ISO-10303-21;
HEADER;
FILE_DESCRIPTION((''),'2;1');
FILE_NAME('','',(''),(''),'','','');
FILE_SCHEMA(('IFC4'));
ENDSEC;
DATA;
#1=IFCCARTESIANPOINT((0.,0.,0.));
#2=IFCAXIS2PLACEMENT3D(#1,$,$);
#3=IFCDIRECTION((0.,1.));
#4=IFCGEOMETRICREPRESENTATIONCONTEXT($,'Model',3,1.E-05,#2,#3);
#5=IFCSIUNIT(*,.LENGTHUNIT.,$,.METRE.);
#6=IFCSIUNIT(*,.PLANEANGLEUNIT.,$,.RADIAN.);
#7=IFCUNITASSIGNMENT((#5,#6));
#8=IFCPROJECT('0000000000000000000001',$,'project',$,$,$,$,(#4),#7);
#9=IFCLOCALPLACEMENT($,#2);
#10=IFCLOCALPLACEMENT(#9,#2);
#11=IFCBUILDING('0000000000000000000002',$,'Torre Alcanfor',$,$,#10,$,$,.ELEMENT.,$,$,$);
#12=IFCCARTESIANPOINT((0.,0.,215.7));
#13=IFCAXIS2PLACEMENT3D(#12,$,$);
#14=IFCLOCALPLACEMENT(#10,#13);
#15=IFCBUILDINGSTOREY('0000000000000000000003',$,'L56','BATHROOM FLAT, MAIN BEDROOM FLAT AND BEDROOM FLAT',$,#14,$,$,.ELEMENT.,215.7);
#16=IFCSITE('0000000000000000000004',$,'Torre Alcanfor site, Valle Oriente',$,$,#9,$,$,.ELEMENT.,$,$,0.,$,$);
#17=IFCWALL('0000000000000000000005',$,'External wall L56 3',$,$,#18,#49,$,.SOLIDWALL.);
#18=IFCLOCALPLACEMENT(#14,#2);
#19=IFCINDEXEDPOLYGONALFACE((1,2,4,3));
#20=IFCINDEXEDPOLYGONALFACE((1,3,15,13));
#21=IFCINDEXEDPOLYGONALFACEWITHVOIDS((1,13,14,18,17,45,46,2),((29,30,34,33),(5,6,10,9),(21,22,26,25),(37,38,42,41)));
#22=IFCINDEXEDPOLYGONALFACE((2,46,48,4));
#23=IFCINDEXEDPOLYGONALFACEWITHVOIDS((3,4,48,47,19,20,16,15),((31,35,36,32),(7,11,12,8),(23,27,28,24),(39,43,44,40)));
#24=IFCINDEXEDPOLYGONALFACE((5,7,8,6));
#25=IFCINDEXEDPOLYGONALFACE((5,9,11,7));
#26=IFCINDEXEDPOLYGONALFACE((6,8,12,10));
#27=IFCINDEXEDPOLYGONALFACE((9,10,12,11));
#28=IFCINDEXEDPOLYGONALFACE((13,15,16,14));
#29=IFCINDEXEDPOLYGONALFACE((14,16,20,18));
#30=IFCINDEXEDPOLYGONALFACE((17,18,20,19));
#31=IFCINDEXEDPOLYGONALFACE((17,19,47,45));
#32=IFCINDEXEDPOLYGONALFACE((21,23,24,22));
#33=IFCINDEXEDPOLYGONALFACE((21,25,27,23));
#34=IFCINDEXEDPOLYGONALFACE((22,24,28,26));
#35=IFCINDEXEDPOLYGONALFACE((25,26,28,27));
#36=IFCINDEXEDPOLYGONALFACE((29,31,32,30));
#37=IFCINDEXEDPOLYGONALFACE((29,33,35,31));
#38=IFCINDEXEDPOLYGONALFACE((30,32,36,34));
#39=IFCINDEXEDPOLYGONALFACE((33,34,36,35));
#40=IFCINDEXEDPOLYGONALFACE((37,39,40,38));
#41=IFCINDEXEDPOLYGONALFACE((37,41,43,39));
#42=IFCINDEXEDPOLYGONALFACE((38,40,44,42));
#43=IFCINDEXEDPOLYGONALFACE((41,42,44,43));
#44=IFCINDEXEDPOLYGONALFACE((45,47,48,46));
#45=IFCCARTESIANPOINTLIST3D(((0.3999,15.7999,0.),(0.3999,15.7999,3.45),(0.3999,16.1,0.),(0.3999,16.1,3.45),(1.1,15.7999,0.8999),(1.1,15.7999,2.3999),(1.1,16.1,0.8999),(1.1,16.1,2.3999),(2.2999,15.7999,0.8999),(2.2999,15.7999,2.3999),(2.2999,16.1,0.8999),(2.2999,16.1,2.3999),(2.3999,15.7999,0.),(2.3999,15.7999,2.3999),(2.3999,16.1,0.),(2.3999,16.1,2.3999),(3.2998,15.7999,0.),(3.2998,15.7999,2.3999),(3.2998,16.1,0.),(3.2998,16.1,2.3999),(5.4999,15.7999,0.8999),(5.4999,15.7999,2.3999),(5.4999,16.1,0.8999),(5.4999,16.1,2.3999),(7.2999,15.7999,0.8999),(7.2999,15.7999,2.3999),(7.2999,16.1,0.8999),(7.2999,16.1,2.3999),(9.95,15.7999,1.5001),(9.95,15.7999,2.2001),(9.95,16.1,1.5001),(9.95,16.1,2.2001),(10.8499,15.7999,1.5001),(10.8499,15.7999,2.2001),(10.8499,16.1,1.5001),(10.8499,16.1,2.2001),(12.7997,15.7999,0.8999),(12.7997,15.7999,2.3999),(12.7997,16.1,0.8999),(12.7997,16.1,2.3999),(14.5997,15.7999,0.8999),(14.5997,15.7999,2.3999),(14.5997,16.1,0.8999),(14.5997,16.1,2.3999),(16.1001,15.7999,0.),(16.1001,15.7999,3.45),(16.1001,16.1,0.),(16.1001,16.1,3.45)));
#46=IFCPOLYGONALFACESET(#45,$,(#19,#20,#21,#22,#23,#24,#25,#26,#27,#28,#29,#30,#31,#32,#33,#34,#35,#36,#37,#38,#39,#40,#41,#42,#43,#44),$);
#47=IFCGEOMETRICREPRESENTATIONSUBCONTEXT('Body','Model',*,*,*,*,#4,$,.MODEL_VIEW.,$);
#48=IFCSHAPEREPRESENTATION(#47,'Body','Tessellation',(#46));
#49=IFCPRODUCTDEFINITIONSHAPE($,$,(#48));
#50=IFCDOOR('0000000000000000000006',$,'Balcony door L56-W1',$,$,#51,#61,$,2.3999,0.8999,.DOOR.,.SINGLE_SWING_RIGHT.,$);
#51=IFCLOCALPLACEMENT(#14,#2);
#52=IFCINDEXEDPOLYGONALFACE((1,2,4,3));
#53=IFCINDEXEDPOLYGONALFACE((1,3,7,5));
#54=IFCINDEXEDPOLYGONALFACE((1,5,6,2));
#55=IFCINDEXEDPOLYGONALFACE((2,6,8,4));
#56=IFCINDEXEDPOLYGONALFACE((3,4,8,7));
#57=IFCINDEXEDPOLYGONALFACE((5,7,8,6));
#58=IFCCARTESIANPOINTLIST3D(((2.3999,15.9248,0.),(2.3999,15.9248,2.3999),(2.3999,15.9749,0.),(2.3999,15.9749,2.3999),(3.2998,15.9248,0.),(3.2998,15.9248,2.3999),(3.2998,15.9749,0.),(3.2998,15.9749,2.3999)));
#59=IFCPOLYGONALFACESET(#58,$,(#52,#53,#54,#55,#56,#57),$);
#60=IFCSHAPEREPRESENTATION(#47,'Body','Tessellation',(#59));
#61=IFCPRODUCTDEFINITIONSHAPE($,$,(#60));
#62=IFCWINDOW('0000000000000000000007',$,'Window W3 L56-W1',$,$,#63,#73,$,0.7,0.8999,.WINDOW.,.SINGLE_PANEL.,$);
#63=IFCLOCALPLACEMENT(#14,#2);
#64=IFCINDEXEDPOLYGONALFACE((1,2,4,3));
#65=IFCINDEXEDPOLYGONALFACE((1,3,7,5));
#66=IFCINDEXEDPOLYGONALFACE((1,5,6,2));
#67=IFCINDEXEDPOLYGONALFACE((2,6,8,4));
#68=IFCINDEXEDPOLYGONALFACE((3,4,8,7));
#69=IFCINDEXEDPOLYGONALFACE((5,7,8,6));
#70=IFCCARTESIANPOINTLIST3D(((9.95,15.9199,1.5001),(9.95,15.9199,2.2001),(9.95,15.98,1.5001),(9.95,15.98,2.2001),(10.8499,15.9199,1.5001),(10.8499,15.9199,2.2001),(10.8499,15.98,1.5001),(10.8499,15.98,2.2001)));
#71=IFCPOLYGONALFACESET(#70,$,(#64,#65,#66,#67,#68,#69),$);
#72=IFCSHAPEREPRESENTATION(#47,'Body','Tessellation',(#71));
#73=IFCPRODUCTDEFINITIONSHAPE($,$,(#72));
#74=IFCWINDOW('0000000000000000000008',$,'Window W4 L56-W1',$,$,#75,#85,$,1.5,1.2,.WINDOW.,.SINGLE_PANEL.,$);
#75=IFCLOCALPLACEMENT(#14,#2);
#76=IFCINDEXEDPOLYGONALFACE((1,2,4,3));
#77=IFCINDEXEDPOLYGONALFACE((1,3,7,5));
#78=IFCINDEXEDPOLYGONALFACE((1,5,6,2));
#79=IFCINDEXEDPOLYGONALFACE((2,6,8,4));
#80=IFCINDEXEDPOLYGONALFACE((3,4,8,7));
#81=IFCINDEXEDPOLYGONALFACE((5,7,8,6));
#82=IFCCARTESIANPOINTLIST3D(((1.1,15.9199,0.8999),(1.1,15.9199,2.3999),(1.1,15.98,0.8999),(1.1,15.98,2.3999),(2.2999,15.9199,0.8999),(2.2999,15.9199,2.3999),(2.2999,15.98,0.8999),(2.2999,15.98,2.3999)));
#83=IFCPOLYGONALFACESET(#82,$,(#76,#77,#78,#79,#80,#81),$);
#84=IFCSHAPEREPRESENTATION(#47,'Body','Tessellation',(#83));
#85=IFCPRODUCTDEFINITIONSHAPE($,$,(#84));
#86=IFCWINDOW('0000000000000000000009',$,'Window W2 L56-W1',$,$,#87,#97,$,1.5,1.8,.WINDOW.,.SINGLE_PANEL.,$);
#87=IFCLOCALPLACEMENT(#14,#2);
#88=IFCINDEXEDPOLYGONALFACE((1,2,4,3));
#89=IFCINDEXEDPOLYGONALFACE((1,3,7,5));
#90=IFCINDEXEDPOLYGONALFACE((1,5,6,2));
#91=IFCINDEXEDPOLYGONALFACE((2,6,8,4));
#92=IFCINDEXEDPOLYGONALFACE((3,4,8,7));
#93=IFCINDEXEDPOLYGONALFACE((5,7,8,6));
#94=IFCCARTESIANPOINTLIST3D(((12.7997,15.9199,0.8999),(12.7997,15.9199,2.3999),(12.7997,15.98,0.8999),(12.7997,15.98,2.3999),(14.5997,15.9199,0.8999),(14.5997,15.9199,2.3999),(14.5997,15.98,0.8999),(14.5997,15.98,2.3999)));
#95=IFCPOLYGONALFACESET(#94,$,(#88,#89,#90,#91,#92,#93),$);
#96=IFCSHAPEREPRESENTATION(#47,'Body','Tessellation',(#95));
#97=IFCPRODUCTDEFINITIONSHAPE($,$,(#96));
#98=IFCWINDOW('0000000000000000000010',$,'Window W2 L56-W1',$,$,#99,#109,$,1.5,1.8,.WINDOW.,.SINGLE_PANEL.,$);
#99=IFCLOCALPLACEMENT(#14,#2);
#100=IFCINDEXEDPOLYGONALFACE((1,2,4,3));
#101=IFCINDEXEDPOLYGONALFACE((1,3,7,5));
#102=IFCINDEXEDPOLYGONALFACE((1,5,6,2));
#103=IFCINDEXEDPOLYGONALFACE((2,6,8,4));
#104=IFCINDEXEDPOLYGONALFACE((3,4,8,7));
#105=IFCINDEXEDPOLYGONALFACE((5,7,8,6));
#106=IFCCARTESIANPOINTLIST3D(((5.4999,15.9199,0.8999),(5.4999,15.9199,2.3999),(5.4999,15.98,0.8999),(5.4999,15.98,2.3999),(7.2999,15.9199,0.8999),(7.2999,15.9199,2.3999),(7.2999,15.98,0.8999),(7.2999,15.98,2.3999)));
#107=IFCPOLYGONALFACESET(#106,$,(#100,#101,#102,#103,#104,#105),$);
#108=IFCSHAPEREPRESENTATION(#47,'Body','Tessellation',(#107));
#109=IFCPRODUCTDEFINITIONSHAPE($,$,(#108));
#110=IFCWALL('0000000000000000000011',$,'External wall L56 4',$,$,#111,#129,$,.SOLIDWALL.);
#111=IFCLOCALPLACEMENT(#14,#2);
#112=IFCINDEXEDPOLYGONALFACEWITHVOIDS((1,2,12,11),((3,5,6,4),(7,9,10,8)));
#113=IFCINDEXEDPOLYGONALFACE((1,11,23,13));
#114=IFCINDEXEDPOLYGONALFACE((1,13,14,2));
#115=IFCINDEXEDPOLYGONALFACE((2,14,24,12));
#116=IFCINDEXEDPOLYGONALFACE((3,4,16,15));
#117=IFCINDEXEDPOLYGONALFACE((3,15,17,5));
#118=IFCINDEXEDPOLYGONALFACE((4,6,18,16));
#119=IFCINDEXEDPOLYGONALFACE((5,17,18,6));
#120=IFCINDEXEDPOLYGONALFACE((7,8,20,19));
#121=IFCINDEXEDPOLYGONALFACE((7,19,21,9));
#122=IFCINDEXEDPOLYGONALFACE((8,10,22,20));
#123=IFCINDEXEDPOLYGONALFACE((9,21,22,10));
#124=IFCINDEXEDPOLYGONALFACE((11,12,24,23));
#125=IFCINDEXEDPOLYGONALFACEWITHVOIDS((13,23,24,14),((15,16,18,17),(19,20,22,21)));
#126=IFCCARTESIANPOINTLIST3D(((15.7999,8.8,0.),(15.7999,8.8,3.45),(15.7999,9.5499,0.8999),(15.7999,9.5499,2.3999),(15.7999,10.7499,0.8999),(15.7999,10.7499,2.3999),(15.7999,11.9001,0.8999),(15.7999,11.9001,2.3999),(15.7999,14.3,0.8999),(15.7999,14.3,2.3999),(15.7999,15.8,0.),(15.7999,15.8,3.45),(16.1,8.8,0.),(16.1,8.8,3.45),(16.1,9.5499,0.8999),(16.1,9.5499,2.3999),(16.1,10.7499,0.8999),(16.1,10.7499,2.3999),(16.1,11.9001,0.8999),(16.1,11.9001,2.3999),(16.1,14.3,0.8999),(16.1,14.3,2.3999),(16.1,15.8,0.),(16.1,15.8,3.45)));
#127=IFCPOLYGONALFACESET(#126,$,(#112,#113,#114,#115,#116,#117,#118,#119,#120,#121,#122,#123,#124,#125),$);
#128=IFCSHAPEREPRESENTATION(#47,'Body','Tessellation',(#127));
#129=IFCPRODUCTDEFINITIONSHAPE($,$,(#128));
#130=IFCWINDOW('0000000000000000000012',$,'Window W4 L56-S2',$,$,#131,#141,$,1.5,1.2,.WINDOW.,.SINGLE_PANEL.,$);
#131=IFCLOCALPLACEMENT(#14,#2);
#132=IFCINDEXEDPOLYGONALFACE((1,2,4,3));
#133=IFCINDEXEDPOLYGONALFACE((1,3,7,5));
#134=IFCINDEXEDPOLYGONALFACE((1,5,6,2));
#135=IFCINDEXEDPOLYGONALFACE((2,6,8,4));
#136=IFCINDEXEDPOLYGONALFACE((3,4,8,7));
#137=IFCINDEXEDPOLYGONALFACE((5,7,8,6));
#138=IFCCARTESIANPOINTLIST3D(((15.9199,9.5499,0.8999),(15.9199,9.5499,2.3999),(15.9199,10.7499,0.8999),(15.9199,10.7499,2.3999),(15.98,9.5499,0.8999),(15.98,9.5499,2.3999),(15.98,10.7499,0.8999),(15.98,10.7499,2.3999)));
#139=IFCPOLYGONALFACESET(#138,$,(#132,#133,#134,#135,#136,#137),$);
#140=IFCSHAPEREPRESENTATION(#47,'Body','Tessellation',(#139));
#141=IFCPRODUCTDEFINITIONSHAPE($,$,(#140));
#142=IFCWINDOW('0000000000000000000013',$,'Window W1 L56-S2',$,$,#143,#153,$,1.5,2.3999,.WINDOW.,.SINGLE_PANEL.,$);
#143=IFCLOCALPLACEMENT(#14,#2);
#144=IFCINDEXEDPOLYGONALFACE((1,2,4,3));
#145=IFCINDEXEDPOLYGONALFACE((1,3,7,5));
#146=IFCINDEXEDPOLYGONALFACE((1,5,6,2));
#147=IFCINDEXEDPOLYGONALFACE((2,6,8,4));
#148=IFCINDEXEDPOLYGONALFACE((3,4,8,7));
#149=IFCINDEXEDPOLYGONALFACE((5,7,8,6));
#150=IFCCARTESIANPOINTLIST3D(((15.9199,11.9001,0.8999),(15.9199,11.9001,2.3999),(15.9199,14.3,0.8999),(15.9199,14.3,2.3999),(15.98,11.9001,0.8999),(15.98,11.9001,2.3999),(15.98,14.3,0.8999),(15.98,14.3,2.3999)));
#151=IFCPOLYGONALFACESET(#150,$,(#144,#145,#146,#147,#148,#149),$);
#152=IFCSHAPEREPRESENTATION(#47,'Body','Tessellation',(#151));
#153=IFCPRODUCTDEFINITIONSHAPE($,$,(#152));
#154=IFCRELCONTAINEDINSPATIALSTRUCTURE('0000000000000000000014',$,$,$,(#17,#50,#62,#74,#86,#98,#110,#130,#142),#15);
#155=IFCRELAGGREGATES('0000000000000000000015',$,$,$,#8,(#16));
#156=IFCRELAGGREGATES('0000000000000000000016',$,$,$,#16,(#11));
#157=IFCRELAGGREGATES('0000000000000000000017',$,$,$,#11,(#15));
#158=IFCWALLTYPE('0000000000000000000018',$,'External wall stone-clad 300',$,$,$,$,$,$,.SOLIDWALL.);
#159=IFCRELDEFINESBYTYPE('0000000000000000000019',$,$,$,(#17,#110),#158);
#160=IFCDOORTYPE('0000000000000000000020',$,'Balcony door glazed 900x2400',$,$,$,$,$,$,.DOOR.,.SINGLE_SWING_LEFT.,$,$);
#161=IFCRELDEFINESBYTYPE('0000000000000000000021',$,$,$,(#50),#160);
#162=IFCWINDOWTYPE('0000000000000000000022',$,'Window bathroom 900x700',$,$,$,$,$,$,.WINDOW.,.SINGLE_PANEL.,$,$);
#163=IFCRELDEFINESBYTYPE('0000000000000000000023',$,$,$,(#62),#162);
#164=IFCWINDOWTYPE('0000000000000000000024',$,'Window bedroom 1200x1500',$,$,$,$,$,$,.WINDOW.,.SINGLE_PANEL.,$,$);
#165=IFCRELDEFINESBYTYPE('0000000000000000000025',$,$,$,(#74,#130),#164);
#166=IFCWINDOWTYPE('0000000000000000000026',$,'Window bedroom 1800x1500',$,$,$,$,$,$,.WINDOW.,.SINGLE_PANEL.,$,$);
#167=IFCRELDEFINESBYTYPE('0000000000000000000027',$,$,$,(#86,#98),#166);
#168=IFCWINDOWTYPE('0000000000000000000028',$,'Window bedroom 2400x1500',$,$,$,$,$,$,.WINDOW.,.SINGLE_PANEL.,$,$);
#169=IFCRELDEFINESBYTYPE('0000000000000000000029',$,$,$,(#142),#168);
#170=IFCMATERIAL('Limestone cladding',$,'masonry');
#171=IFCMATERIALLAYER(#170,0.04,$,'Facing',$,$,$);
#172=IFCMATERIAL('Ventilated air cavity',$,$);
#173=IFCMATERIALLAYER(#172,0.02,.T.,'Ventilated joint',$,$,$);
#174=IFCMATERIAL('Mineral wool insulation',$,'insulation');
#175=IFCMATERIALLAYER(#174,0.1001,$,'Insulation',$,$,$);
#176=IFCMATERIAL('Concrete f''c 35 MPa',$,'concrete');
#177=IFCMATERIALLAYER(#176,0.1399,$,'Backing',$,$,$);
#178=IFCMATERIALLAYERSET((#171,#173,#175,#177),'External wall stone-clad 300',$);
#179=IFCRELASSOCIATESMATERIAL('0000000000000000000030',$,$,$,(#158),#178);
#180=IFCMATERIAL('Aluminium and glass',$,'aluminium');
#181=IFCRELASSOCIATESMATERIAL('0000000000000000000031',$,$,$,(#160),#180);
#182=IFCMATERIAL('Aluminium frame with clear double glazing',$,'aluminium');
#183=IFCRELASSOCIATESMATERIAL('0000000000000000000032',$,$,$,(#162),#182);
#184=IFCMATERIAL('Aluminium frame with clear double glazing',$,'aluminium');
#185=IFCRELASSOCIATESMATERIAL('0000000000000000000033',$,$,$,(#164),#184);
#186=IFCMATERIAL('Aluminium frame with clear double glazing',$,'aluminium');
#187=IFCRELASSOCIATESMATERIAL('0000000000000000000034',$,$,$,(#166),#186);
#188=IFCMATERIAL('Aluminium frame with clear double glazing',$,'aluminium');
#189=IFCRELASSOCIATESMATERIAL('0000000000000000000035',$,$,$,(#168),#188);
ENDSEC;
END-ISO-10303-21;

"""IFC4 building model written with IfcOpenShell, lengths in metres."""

from ifc_helpers import new_model, si_unit, direction, frame, frame_2d, origin, place, context, subcontext, project, spatial, rectangle, extrude, material, layer, layer_set, type_object, element, fill, save


model = new_model("IFC4")

# Units and contexts
model_context = context("Model", 3, precision=1e-05, world=origin(), true_north=direction((0.0, 1.0)))
body_context = subcontext(model_context, "Body", "Model", "MODEL_VIEW")
ifc_project = project(units=[si_unit("LENGTHUNIT", "METRE"), si_unit("PLANEANGLEUNIT", "RADIAN")], contexts=[model_context])

# Site, building, storey
site_placement = place(None, origin())
site = spatial("IfcSite", under=ifc_project, at=site_placement, Name="Torre Alcanfor site, Valle Oriente", CompositionType="ELEMENT", RefElevation=0.0)
building_placement = place(site_placement, origin())
building = spatial("IfcBuilding", under=site, at=building_placement, Name="Torre Alcanfor", CompositionType="ELEMENT")
storey_placement = place(building_placement, frame((0.0, 0.0, 215.7)))
storey = spatial("IfcBuildingStorey", under=building, at=storey_placement, Name="L56", Description="BATHROOM FLAT, MAIN BEDROOM FLAT AND BEDROOM FLAT", CompositionType="ELEMENT", Elevation=215.7)

# Wall, openings, door, windows
ifc_material_1 = material(Name="Limestone cladding", Category="masonry")
ifc_layer_1 = layer(ifc_material_1, 0.04, Name="Facing")
ifc_material_2 = material(Name="Ventilated air cavity")
ifc_layer_2 = layer(ifc_material_2, 0.02, ventilated=True, Name="Ventilated joint")
ifc_material_3 = material(Name="Mineral wool insulation", Category="insulation")
ifc_layer_3 = layer(ifc_material_3, 0.1001, Name="Insulation")
ifc_material_4 = material(Name="Concrete f'c 35 MPa", Category="concrete")
ifc_layer_4 = layer(ifc_material_4, 0.1399, Name="Backing")
ifc_layer_set_1 = layer_set([ifc_layer_1, ifc_layer_2, ifc_layer_3, ifc_layer_4], Name="External wall stone-clad 300")
wall_type_1 = type_object("IfcWallType", Name="External wall stone-clad 300", PredefinedType="SOLIDWALL", material=ifc_layer_set_1)
wall_1_placement = place(storey_placement, frame((0.3999, 15.95, 0.0), z_axis=(0.0, 0.0, 1.0), x_axis=(1.0, 0.0, 0.0)))
wall_1 = element("IfcWall", 1, at=wall_1_placement, inside=storey, type_object=wall_type_1, Name="External wall L56 3", PredefinedType="SOLIDWALL", context=body_context, shape_type="SweptSolid", body=[
    extrude(rectangle(XDim=15.7002, YDim=0.3, at=frame_2d((7.8501, 0.0))), origin(), (0.0, 0.0, 1.0), 3.45),
])
opening_1_placement = place(wall_1_placement, frame((12.3999, 0.0, 0.8999)))
opening_1 = element("IfcOpeningElement", 2, at=opening_1_placement, cuts=wall_1, PredefinedType="OPENING", context=body_context, shape_type="SweptSolid", body=[
    extrude(rectangle(XDim=1.8, YDim=1.5, at=frame_2d((0.8999, 0.75))), frame((0.0, 0.1599, 0.0), z_axis=(0.0, -1.0, 0.0), x_axis=(1.0, 0.0, 0.0)), (0.0, 0.0, 1.0), 0.3201),
])
opening_2_placement = place(wall_1_placement, frame((9.55, 0.0, 1.5)))
opening_2 = element("IfcOpeningElement", 3, at=opening_2_placement, cuts=wall_1, PredefinedType="OPENING", context=body_context, shape_type="SweptSolid", body=[
    extrude(rectangle(XDim=0.8999, YDim=0.7, at=frame_2d((0.45, 0.3501))), frame((0.0, 0.1599, 0.0), z_axis=(0.0, -1.0, 0.0), x_axis=(1.0, 0.0, 0.0)), (0.0, 0.0, 1.0), 0.3201),
])
opening_3_placement = place(wall_1_placement, frame((5.1001, 0.0, 0.8999)))
opening_3 = element("IfcOpeningElement", 4, at=opening_3_placement, cuts=wall_1, PredefinedType="OPENING", context=body_context, shape_type="SweptSolid", body=[
    extrude(rectangle(XDim=1.8, YDim=1.5, at=frame_2d((0.8999, 0.75))), frame((0.0, 0.1599, 0.0), z_axis=(0.0, -1.0, 0.0), x_axis=(1.0, 0.0, 0.0)), (0.0, 0.0, 1.0), 0.3201),
])
opening_4_placement = place(wall_1_placement, frame((2.0, 0.0, 0.0)))
opening_4 = element("IfcOpeningElement", 5, at=opening_4_placement, cuts=wall_1, PredefinedType="OPENING", context=body_context, shape_type="SweptSolid", body=[
    extrude(rectangle(XDim=0.8999, YDim=2.3999, at=frame_2d((0.45, 1.2))), frame((0.0, 0.1599, 0.0), z_axis=(0.0, -1.0, 0.0), x_axis=(1.0, 0.0, 0.0)), (0.0, 0.0, 1.0), 0.3201),
])
opening_5_placement = place(wall_1_placement, frame((0.7, 0.0, 0.8999)))
opening_5 = element("IfcOpeningElement", 6, at=opening_5_placement, cuts=wall_1, PredefinedType="OPENING", context=body_context, shape_type="SweptSolid", body=[
    extrude(rectangle(XDim=1.2, YDim=1.5, at=frame_2d((0.6001, 0.75))), frame((0.0, 0.1599, 0.0), z_axis=(0.0, -1.0, 0.0), x_axis=(1.0, 0.0, 0.0)), (0.0, 0.0, 1.0), 0.3201),
])
ifc_material_5 = material(Name="Aluminium and glass", Category="aluminium")
door_type = type_object("IfcDoorType", Name="Balcony door glazed 900x2400", OperationType="SINGLE_SWING_LEFT", PredefinedType="DOOR", material=ifc_material_5)
door_placement = place(opening_4_placement, origin())
door = element("IfcDoor", 7, at=door_placement, inside=storey, type_object=door_type, Name="Balcony door L56-W1", OperationType="SINGLE_SWING_RIGHT", OverallHeight=2.3999, OverallWidth=0.8999, PredefinedType="DOOR", context=body_context, shape_type="SweptSolid", body=[
    extrude(rectangle(XDim=0.8999, YDim=2.3999, at=frame_2d((0.45, 1.2))), frame((0.0, 0.0249, 0.0), z_axis=(0.0, -1.0, 0.0), x_axis=(1.0, 0.0, 0.0)), (0.0, 0.0, 1.0), 0.05),
])
fill(opening_4, door)
ifc_material_6 = material(Name="Aluminium frame with clear double glazing", Category="aluminium")
window_type_1 = type_object("IfcWindowType", Name="Window bathroom 900x700", PartitioningType="SINGLE_PANEL", PredefinedType="WINDOW", material=ifc_material_6)
window_1_placement = place(opening_2_placement, origin())
window_1 = element("IfcWindow", 8, at=window_1_placement, inside=storey, type_object=window_type_1, Name="Window W3 L56-W1", OverallHeight=0.7, OverallWidth=0.8999, PartitioningType="SINGLE_PANEL", PredefinedType="WINDOW", context=body_context, shape_type="SweptSolid", body=[
    extrude(rectangle(XDim=0.8999, YDim=0.7, at=frame_2d((0.45, 0.3501))), frame((0.0, 0.03, 0.0), z_axis=(0.0, -1.0, 0.0), x_axis=(1.0, 0.0, 0.0)), (0.0, 0.0, 1.0), 0.0601),
])
fill(opening_2, window_1)
ifc_material_7 = material(Name="Aluminium frame with clear double glazing", Category="aluminium")
window_type_2 = type_object("IfcWindowType", Name="Window bedroom 1200x1500", PartitioningType="SINGLE_PANEL", PredefinedType="WINDOW", material=ifc_material_7)
window_2_placement = place(opening_5_placement, origin())
window_2 = element("IfcWindow", 9, at=window_2_placement, inside=storey, type_object=window_type_2, Name="Window W4 L56-W1", OverallHeight=1.5, OverallWidth=1.2, PartitioningType="SINGLE_PANEL", PredefinedType="WINDOW", context=body_context, shape_type="SweptSolid", body=[
    extrude(rectangle(XDim=1.2, YDim=1.5, at=frame_2d((0.6001, 0.75))), frame((0.0, 0.03, 0.0), z_axis=(0.0, -1.0, 0.0), x_axis=(1.0, 0.0, 0.0)), (0.0, 0.0, 1.0), 0.0601),
])
fill(opening_5, window_2)
ifc_material_8 = material(Name="Aluminium frame with clear double glazing", Category="aluminium")
window_type_3 = type_object("IfcWindowType", Name="Window bedroom 1800x1500", PartitioningType="SINGLE_PANEL", PredefinedType="WINDOW", material=ifc_material_8)
window_3_placement = place(opening_1_placement, origin())
window_3 = element("IfcWindow", 10, at=window_3_placement, inside=storey, type_object=window_type_3, Name="Window W2 L56-W1", OverallHeight=1.5, OverallWidth=1.8, PartitioningType="SINGLE_PANEL", PredefinedType="WINDOW", context=body_context, shape_type="SweptSolid", body=[
    extrude(rectangle(XDim=1.8, YDim=1.5, at=frame_2d((0.8999, 0.75))), frame((0.0, 0.03, 0.0), z_axis=(0.0, -1.0, 0.0), x_axis=(1.0, 0.0, 0.0)), (0.0, 0.0, 1.0), 0.0601),
])
fill(opening_1, window_3)
window_4_placement = place(opening_3_placement, origin())
window_4 = element("IfcWindow", 11, at=window_4_placement, inside=storey, type_object=window_type_3, Name="Window W2 L56-W1", OverallHeight=1.5, OverallWidth=1.8, PartitioningType="SINGLE_PANEL", PredefinedType="WINDOW", context=body_context, shape_type="SweptSolid", body=[
    extrude(rectangle(XDim=1.8, YDim=1.5, at=frame_2d((0.8999, 0.75))), frame((0.0, 0.03, 0.0), z_axis=(0.0, -1.0, 0.0), x_axis=(1.0, 0.0, 0.0)), (0.0, 0.0, 1.0), 0.0601),
])
fill(opening_3, window_4)

# Wall, openings, windows
wall_2_placement = place(storey_placement, frame((15.95, 15.8, 0.0), z_axis=(0.0, 0.0, 1.0), x_axis=(0.0, -1.0, 0.0)))
wall_2 = element("IfcWall", 12, at=wall_2_placement, inside=storey, type_object=wall_type_1, Name="External wall L56 4", PredefinedType="SOLIDWALL", context=body_context, shape_type="SweptSolid", body=[
    extrude(rectangle(XDim=7.0, YDim=0.3, at=frame_2d((3.5, 0.0))), origin(), (0.0, 0.0, 1.0), 3.45),
])
opening_6_placement = place(wall_2_placement, frame((1.5, 0.0, 0.8999)))
opening_6 = element("IfcOpeningElement", 13, at=opening_6_placement, cuts=wall_2, PredefinedType="OPENING", context=body_context, shape_type="SweptSolid", body=[
    extrude(rectangle(XDim=2.3999, YDim=1.5, at=frame_2d((1.2, 0.75))), frame((0.0, 0.1599, 0.0), z_axis=(0.0, -1.0, 0.0), x_axis=(1.0, 0.0, 0.0)), (0.0, 0.0, 1.0), 0.3201),
])
opening_7_placement = place(wall_2_placement, frame((5.05, 0.0, 0.8999)))
opening_7 = element("IfcOpeningElement", 14, at=opening_7_placement, cuts=wall_2, PredefinedType="OPENING", context=body_context, shape_type="SweptSolid", body=[
    extrude(rectangle(XDim=1.2, YDim=1.5, at=frame_2d((0.6001, 0.75))), frame((0.0, 0.1599, 0.0), z_axis=(0.0, -1.0, 0.0), x_axis=(1.0, 0.0, 0.0)), (0.0, 0.0, 1.0), 0.3201),
])
window_5_placement = place(opening_7_placement, origin())
window_5 = element("IfcWindow", 15, at=window_5_placement, inside=storey, type_object=window_type_2, Name="Window W4 L56-S2", OverallHeight=1.5, OverallWidth=1.2, PartitioningType="SINGLE_PANEL", PredefinedType="WINDOW", context=body_context, shape_type="SweptSolid", body=[
    extrude(rectangle(XDim=1.2, YDim=1.5, at=frame_2d((0.6001, 0.75))), frame((0.0, 0.03, 0.0), z_axis=(0.0, -1.0, 0.0), x_axis=(1.0, 0.0, 0.0)), (0.0, 0.0, 1.0), 0.0601),
])
fill(opening_7, window_5)
ifc_material_9 = material(Name="Aluminium frame with clear double glazing", Category="aluminium")
window_type_4 = type_object("IfcWindowType", Name="Window bedroom 2400x1500", PartitioningType="SINGLE_PANEL", PredefinedType="WINDOW", material=ifc_material_9)
window_6_placement = place(opening_6_placement, origin())
window_6 = element("IfcWindow", 16, at=window_6_placement, inside=storey, type_object=window_type_4, Name="Window W1 L56-S2", OverallHeight=1.5, OverallWidth=2.3999, PartitioningType="SINGLE_PANEL", PredefinedType="WINDOW", context=body_context, shape_type="SweptSolid", body=[
    extrude(rectangle(XDim=2.3999, YDim=1.5, at=frame_2d((1.2, 0.75))), frame((0.0, 0.03, 0.0), z_axis=(0.0, -1.0, 0.0), x_axis=(1.0, 0.0, 0.0)), (0.0, 0.0, 1.0), 0.0601),
])
fill(opening_6, window_6)

save(model, "model.ifc")
